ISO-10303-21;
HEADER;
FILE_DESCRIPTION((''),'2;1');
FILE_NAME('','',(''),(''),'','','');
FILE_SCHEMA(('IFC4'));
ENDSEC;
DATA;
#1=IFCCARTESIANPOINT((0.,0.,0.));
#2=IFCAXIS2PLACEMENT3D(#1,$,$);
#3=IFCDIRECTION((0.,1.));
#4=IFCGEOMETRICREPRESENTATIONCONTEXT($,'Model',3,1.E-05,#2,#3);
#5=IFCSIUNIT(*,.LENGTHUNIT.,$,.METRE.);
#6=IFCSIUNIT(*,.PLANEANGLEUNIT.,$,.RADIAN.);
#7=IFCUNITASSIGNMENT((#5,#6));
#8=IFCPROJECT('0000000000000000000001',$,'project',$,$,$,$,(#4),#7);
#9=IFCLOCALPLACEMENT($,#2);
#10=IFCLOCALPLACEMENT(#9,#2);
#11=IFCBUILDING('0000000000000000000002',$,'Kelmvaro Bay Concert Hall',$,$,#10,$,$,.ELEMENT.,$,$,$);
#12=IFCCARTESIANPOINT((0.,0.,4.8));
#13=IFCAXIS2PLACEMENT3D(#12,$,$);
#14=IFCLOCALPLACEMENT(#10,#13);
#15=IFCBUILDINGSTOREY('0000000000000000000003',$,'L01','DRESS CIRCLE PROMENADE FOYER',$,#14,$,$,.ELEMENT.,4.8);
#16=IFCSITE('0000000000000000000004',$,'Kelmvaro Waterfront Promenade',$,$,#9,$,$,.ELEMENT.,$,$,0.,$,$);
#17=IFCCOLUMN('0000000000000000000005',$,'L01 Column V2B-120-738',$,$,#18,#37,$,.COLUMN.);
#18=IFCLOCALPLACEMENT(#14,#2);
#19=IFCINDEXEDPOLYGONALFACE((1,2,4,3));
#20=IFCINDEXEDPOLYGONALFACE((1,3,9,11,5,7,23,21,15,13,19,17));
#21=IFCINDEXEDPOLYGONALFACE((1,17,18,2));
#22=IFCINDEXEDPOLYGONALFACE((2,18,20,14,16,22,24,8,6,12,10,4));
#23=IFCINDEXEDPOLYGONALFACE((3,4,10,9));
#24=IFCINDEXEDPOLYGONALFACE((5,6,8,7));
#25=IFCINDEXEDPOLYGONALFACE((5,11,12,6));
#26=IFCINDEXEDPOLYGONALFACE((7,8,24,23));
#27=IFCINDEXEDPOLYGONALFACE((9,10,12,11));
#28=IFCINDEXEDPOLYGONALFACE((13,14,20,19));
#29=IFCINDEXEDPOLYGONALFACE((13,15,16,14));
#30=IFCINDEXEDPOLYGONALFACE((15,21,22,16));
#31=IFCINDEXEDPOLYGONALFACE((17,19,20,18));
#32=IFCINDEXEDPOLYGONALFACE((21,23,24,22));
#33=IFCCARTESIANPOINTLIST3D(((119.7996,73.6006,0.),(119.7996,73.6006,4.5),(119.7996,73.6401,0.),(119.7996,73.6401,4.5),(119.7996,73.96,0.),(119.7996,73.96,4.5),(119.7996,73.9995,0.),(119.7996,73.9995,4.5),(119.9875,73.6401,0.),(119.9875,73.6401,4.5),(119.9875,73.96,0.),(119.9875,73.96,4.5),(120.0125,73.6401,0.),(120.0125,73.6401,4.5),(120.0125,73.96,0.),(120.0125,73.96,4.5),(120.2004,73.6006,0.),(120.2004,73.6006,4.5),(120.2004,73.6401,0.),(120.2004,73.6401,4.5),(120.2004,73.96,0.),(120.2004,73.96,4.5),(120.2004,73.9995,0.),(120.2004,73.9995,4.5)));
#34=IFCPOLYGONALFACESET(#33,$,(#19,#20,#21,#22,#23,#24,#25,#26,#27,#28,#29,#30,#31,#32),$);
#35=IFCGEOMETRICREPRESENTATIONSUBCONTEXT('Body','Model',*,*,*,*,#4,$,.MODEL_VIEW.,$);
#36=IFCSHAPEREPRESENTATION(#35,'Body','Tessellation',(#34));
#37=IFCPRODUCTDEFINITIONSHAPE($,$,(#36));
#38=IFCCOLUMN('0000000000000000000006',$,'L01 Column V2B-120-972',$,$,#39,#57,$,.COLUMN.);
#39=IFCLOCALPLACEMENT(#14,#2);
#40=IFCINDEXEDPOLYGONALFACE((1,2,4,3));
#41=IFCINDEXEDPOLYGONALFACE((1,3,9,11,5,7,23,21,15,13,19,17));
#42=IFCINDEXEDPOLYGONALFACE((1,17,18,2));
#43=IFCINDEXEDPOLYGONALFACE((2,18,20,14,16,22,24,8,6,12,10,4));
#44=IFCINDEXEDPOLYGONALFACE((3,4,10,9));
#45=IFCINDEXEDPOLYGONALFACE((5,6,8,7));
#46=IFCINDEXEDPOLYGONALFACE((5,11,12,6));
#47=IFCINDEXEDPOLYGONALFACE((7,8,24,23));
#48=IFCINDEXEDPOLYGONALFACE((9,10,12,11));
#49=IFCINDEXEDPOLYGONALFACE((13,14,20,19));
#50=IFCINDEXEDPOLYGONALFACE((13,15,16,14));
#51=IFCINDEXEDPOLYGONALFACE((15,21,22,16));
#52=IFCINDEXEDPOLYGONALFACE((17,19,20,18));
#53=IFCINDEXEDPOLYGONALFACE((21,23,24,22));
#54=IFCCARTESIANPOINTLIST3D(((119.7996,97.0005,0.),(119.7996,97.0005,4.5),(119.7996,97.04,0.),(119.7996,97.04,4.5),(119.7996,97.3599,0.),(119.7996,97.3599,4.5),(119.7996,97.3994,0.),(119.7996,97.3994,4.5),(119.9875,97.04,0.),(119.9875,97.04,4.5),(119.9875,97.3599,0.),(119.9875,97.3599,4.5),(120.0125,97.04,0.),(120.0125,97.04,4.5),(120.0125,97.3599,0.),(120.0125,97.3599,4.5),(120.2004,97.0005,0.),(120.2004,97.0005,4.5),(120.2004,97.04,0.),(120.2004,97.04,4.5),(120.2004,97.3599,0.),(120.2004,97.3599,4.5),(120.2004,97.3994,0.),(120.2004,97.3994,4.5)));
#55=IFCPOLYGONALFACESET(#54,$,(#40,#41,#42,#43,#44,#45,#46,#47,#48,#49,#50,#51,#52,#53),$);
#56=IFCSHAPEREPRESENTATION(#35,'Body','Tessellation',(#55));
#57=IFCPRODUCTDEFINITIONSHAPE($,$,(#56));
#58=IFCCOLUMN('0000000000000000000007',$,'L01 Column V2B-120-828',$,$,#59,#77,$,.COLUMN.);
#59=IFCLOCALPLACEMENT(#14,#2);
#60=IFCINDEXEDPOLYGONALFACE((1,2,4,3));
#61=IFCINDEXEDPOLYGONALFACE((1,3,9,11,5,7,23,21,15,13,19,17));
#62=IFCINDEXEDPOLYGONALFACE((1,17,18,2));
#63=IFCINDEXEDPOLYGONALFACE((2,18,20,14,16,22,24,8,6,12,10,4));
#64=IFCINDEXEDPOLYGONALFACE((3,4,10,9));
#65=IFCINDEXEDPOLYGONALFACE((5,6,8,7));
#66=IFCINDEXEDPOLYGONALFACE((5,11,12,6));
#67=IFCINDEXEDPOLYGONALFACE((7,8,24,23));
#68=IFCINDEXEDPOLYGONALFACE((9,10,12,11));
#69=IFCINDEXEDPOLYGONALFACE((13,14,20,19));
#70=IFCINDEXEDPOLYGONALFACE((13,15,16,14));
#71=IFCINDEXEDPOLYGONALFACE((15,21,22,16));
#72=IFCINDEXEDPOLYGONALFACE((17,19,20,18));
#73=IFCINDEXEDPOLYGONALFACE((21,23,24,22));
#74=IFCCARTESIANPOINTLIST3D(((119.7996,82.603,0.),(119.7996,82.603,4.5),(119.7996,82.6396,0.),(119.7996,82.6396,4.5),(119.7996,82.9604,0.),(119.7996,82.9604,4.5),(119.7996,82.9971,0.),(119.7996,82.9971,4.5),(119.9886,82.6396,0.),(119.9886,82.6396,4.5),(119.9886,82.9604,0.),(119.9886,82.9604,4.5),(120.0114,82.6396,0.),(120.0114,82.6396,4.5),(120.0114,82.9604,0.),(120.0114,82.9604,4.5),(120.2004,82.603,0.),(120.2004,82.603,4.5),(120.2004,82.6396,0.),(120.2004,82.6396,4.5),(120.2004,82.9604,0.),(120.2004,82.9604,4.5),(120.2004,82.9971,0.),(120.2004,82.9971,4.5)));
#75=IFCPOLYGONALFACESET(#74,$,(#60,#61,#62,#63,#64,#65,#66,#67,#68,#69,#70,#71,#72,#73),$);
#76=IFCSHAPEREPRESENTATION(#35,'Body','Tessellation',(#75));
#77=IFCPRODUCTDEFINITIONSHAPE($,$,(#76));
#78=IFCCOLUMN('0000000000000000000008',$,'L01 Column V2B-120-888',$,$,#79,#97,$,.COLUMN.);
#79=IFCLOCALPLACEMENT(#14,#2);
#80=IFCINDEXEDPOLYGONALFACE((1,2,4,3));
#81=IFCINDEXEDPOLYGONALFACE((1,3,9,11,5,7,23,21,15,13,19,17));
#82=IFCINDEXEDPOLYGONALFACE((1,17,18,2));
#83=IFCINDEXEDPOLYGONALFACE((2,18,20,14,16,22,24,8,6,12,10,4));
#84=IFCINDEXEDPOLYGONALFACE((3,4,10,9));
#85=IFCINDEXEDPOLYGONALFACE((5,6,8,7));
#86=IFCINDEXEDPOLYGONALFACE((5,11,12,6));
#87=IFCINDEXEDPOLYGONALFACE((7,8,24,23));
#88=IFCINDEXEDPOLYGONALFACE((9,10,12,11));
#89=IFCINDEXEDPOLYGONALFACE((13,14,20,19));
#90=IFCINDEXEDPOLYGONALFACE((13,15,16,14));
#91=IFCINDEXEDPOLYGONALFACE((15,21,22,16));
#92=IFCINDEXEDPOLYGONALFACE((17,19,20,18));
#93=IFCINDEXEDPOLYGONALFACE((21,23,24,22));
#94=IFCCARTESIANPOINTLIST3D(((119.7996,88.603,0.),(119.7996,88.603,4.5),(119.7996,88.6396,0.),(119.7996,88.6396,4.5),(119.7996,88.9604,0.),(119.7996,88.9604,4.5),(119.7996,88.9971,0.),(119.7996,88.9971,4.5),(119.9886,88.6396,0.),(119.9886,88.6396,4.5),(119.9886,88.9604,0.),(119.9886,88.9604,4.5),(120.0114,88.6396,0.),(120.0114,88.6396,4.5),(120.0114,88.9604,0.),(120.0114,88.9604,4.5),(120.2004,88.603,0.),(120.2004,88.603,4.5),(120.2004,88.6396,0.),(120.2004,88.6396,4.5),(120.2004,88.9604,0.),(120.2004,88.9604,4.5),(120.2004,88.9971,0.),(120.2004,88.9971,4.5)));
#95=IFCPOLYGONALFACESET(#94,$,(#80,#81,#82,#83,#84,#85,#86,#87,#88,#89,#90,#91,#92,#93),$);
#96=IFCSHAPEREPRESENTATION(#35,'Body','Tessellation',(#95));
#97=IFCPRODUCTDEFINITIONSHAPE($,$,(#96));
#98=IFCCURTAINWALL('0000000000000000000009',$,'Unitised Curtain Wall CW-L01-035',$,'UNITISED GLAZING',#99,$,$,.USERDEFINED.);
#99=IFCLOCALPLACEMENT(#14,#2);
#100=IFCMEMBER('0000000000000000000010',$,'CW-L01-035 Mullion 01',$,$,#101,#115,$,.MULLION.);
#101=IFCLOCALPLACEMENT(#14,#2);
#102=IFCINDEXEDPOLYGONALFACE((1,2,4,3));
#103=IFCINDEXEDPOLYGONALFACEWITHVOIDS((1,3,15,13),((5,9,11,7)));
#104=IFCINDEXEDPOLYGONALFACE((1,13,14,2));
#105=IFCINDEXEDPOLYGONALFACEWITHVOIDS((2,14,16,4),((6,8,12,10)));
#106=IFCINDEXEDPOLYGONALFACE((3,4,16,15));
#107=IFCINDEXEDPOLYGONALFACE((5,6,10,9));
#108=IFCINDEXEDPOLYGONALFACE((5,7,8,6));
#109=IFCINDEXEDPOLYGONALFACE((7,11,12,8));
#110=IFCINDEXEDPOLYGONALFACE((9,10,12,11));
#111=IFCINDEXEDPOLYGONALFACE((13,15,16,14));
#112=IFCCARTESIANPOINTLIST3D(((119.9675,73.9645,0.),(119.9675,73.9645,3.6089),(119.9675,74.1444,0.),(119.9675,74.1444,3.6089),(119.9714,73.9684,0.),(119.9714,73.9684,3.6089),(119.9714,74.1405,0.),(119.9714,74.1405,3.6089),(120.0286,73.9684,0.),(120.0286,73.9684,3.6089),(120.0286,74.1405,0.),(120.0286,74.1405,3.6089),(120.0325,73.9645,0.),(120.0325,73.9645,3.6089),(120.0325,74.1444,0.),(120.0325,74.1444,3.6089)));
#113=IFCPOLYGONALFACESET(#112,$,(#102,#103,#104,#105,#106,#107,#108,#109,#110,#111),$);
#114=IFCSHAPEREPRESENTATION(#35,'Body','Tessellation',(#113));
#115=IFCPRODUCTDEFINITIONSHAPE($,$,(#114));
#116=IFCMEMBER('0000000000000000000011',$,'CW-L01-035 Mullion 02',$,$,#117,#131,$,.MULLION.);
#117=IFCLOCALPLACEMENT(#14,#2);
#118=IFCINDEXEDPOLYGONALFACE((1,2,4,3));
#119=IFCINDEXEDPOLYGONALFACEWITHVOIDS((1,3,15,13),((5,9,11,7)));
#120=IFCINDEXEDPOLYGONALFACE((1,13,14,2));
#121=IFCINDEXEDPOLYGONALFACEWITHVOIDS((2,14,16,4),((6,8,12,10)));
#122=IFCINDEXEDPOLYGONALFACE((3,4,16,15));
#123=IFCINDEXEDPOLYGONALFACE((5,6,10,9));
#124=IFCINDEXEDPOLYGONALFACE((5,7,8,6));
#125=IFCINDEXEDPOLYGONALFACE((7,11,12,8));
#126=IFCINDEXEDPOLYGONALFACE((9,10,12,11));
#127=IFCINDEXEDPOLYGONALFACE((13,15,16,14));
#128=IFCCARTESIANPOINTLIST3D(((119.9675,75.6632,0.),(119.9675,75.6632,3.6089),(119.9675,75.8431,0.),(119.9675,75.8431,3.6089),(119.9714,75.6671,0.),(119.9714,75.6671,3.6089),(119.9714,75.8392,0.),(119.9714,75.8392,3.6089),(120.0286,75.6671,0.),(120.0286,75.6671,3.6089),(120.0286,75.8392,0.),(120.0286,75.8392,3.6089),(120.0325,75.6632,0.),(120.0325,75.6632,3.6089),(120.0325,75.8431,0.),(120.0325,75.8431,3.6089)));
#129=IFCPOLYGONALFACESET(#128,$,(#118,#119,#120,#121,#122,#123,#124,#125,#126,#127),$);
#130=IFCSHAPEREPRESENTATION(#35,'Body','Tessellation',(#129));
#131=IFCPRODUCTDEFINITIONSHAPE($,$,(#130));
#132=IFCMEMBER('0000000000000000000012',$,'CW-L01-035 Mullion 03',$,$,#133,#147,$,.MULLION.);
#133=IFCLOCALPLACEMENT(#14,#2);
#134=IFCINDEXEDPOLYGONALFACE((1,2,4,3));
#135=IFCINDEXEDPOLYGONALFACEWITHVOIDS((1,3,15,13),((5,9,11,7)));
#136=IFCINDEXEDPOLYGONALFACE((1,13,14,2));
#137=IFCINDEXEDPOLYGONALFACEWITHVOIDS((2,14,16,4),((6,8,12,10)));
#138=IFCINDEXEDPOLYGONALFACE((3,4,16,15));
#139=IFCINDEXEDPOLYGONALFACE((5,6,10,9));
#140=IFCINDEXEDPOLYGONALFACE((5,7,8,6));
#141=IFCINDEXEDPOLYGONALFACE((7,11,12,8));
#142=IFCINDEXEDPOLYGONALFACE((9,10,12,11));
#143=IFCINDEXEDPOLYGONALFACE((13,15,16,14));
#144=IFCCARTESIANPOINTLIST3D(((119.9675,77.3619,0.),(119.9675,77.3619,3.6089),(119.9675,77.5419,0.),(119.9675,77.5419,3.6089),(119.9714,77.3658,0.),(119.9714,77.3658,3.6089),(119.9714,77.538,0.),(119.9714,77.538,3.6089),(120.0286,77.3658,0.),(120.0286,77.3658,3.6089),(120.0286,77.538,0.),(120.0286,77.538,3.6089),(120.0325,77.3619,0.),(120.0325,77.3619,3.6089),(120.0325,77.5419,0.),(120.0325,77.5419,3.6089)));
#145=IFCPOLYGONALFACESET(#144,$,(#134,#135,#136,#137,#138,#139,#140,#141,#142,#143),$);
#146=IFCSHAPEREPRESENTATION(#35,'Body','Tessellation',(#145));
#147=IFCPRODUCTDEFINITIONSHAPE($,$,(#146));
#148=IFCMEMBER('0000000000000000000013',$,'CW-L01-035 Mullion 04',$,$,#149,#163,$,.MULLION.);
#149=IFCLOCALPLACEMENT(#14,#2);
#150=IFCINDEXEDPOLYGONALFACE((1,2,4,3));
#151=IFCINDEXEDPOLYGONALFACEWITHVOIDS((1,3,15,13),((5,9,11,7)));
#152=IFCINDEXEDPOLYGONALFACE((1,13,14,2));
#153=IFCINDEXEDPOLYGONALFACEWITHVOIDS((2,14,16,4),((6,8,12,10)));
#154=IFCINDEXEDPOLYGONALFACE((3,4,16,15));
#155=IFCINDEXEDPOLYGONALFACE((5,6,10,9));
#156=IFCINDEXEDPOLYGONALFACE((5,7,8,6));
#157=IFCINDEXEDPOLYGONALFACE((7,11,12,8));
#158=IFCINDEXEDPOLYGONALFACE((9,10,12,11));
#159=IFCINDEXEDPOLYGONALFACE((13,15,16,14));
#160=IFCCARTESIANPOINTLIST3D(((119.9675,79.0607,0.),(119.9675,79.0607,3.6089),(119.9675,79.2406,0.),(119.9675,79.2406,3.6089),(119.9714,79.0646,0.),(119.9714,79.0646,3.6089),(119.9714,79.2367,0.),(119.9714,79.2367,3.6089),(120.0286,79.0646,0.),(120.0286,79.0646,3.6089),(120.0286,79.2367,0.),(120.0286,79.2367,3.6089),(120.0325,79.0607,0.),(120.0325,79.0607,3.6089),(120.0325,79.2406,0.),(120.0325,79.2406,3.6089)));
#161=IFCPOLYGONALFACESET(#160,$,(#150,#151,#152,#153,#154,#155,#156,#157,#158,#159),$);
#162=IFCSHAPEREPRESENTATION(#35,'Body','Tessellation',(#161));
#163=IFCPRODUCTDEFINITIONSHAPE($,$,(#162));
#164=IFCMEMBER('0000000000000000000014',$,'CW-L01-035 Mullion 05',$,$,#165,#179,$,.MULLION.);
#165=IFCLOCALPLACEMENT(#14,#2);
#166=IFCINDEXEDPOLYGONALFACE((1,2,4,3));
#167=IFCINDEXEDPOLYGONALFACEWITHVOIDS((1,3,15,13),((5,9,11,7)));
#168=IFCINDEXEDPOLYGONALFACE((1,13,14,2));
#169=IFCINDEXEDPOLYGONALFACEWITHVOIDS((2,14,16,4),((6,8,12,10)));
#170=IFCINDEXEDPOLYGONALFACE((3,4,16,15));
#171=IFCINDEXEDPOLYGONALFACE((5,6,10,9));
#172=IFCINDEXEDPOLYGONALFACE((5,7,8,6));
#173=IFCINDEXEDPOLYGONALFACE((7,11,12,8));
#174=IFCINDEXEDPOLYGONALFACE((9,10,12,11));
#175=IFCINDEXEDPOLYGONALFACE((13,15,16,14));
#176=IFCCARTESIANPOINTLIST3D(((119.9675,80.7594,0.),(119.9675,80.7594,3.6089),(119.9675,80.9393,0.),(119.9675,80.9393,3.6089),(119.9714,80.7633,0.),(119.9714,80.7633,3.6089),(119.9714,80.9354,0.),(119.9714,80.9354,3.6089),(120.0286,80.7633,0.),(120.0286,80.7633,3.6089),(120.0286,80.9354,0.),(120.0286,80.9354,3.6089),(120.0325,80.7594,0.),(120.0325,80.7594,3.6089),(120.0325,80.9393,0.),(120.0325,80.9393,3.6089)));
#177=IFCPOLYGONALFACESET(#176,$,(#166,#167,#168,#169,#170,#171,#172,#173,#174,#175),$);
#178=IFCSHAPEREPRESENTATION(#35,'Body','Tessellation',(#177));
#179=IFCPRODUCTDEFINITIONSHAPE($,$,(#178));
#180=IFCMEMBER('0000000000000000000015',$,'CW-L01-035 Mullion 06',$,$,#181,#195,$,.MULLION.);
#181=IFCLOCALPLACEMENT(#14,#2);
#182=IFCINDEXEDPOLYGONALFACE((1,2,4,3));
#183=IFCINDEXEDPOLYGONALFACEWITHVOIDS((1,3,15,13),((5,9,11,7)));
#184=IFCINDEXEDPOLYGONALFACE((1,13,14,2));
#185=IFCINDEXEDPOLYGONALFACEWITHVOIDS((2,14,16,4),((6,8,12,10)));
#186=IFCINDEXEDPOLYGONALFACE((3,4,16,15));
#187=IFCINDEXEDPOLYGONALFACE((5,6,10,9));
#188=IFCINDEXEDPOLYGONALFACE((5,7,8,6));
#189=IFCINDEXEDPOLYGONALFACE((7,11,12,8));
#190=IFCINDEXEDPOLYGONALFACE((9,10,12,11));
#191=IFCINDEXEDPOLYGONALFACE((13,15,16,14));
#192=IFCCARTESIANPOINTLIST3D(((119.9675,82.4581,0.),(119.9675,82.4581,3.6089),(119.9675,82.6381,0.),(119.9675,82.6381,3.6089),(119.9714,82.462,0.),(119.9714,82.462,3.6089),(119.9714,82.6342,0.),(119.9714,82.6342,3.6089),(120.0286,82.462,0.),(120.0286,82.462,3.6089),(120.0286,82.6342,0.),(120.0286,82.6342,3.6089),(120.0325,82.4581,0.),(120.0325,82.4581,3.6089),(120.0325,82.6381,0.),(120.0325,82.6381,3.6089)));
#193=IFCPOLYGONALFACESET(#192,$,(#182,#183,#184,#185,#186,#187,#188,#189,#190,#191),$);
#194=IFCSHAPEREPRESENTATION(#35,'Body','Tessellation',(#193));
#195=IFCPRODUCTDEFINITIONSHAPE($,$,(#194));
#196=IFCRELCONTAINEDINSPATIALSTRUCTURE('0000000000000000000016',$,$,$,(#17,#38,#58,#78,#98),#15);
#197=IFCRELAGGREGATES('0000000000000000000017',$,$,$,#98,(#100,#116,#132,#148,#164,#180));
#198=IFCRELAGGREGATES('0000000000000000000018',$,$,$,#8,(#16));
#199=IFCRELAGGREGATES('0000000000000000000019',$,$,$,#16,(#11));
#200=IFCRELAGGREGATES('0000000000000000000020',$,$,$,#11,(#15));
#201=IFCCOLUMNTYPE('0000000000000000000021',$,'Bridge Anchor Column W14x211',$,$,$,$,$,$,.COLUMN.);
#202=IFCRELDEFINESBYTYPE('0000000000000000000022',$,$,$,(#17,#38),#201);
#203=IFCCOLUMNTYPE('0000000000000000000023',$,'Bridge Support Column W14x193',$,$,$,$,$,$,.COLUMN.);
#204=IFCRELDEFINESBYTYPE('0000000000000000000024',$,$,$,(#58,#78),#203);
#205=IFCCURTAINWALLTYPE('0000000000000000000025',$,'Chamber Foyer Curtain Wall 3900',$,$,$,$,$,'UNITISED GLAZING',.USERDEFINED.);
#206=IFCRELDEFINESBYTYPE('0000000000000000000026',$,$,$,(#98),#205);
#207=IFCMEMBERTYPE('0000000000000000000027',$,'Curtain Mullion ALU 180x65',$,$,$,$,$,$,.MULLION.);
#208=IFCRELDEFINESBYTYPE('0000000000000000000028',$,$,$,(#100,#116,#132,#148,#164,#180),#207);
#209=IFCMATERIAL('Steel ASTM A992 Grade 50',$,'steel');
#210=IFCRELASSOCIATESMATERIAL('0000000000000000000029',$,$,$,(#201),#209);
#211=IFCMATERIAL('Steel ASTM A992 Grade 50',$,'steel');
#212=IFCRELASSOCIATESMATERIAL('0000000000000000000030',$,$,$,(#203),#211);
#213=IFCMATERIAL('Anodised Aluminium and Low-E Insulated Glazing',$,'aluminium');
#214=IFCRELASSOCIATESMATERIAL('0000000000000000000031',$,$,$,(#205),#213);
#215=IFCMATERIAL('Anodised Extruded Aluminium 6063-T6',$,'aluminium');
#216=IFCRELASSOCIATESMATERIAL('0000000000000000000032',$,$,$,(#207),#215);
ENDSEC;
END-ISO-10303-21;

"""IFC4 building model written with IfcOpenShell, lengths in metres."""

from ifc_helpers import new_model, si_unit, direction, frame, origin, origin_2d, place, context, subcontext, project, spatial, hollow_rectangle, i_section, extrude, material, material_profile, profile_set, type_object, element, aggregate, save


model = new_model("IFC4")

# Units and contexts
model_context = context("Model", 3, precision=1e-05, world=origin(), true_north=direction((0.0, 1.0)))
body_context = subcontext(model_context, "Body", "Model", "MODEL_VIEW")
ifc_project = project(units=[si_unit("LENGTHUNIT", "METRE"), si_unit("PLANEANGLEUNIT", "RADIAN")], contexts=[model_context])

# Site, building, storey
site_placement = place(None, origin())
site = spatial("IfcSite", under=ifc_project, at=site_placement, Name="Kelmvaro Waterfront Promenade", CompositionType="ELEMENT", RefElevation=0.0)
building_placement = place(site_placement, origin())
building = spatial("IfcBuilding", under=site, at=building_placement, Name="Kelmvaro Bay Concert Hall", CompositionType="ELEMENT")
storey_placement = place(building_placement, frame((0.0, 0.0, 4.8)))
storey = spatial("IfcBuildingStorey", under=building, at=storey_placement, Name="L01", Description="DRESS CIRCLE PROMENADE FOYER", CompositionType="ELEMENT", Elevation=4.8)

# Columns
ifc_material_1 = material(Name="Steel ASTM A992 Grade 50", Category="steel")
ifc_material_profile_1 = material_profile(ifc_material_1, i_section(OverallWidth=0.4009, OverallDepth=0.3989, WebThickness=0.0249, FlangeThickness=0.0396, at=origin_2d()), Name="W14X211")
ifc_profile_set_1 = profile_set([ifc_material_profile_1], Name="Steel ASTM A992 Grade 50")
column_type_1 = type_object("IfcColumnType", Name="Bridge Anchor Column W14x211", PredefinedType="COLUMN", material=ifc_profile_set_1)
for number, where, z_axis, x_axis, name in (
    (1, (120.0, 73.8, 0.0), (0.0, 0.0, 1.0), (1.0, 0.0, 0.0), "L01 Column V2B-120-738"),
    (2, (120.0, 97.2, 0.0), (0.0, 0.0, 1.0), (1.0, 0.0, 0.0), "L01 Column V2B-120-972"),
):
    element("IfcColumn", number, at=place(storey_placement, frame(where, z_axis=z_axis, x_axis=x_axis)), inside=storey, type_object=column_type_1, Name=name, PredefinedType="COLUMN", context=body_context, shape_type="SweptSolid", body=[
        extrude(i_section(OverallWidth=0.4009, OverallDepth=0.3989, WebThickness=0.0249, FlangeThickness=0.0396, at=origin_2d()), origin(), (0.0, 0.0, 1.0), 4.5),
    ])
ifc_material_2 = material(Name="Steel ASTM A992 Grade 50", Category="steel")
ifc_material_profile_2 = material_profile(ifc_material_2, i_section(OverallWidth=0.4009, OverallDepth=0.394, WebThickness=0.0227, FlangeThickness=0.0366, at=origin_2d()), Name="W14X193")
ifc_profile_set_2 = profile_set([ifc_material_profile_2], Name="Steel ASTM A992 Grade 50")
column_type_2 = type_object("IfcColumnType", Name="Bridge Support Column W14x193", PredefinedType="COLUMN", material=ifc_profile_set_2)
for number, where, z_axis, x_axis, name in (
    (3, (120.0, 82.8, 0.0), (0.0, 0.0, 1.0), (1.0, 0.0, 0.0), "L01 Column V2B-120-828"),
    (4, (120.0, 88.8, 0.0), (0.0, 0.0, 1.0), (1.0, 0.0, 0.0), "L01 Column V2B-120-888"),
):
    element("IfcColumn", number, at=place(storey_placement, frame(where, z_axis=z_axis, x_axis=x_axis)), inside=storey, type_object=column_type_2, Name=name, PredefinedType="COLUMN", context=body_context, shape_type="SweptSolid", body=[
        extrude(i_section(OverallWidth=0.4009, OverallDepth=0.394, WebThickness=0.0227, FlangeThickness=0.0366, at=origin_2d()), origin(), (0.0, 0.0, 1.0), 4.5),
    ])

# Curtain wall, members
ifc_material_3 = material(Name="Anodised Aluminium and Low-E Insulated Glazing", Category="aluminium")
curtain_wall_type_1 = type_object("IfcCurtainWallType", Name="Chamber Foyer Curtain Wall 3900", ElementType="UNITISED GLAZING", PredefinedType="USERDEFINED", material=ifc_material_3)
curtain_wall_1_placement = place(storey_placement, origin())
curtain_wall_1 = element("IfcCurtainWall", 5, at=curtain_wall_1_placement, inside=storey, type_object=curtain_wall_type_1, Name="Unitised Curtain Wall CW-L01-035", ObjectType="UNITISED GLAZING", PredefinedType="USERDEFINED")
ifc_material_4 = material(Name="Anodised Extruded Aluminium 6063-T6", Category="aluminium")
ifc_material_profile_3 = material_profile(ifc_material_4, hollow_rectangle(XDim=0.0649, YDim=0.1799, WallThickness=0.0039, at=origin_2d()), Name="ALU-MUL-180X65")
ifc_profile_set_3 = profile_set([ifc_material_profile_3], Name="Anodised Extruded Aluminium 6063-T6")
member_type_1 = type_object("IfcMemberType", Name="Curtain Mullion ALU 180x65", PredefinedType="MULLION", material=ifc_profile_set_3)
member_1_placement = place(storey_placement, frame((120.0, 74.0544, 0.0), z_axis=(0.0, 0.0, 1.0), x_axis=(1.0, 0.0, 0.0)))
member_1 = element("IfcMember", 6, at=member_1_placement, type_object=member_type_1, Name="CW-L01-035 Mullion 01", PredefinedType="MULLION", context=body_context, shape_type="SweptSolid", body=[
    extrude(hollow_rectangle(XDim=0.0649, YDim=0.1799, WallThickness=0.0039, at=origin_2d()), origin(), (0.0, 0.0, 1.0), 3.6089),
])
member_2_placement = place(storey_placement, frame((120.0, 75.7532, 0.0), z_axis=(0.0, 0.0, 1.0), x_axis=(1.0, 0.0, 0.0)))
member_2 = element("IfcMember", 7, at=member_2_placement, type_object=member_type_1, Name="CW-L01-035 Mullion 02", PredefinedType="MULLION", context=body_context, shape_type="SweptSolid", body=[
    extrude(hollow_rectangle(XDim=0.0649, YDim=0.1799, WallThickness=0.0039, at=origin_2d()), origin(), (0.0, 0.0, 1.0), 3.6089),
])
member_3_placement = place(storey_placement, frame((120.0, 77.4519, 0.0), z_axis=(0.0, 0.0, 1.0), x_axis=(1.0, 0.0, 0.0)))
member_3 = element("IfcMember", 8, at=member_3_placement, type_object=member_type_1, Name="CW-L01-035 Mullion 03", PredefinedType="MULLION", context=body_context, shape_type="SweptSolid", body=[
    extrude(hollow_rectangle(XDim=0.0649, YDim=0.1799, WallThickness=0.0039, at=origin_2d()), origin(), (0.0, 0.0, 1.0), 3.6089),
])
member_4_placement = place(storey_placement, frame((120.0, 79.1506, 0.0), z_axis=(0.0, 0.0, 1.0), x_axis=(1.0, 0.0, 0.0)))
member_4 = element("IfcMember", 9, at=member_4_placement, type_object=member_type_1, Name="CW-L01-035 Mullion 04", PredefinedType="MULLION", context=body_context, shape_type="SweptSolid", body=[
    extrude(hollow_rectangle(XDim=0.0649, YDim=0.1799, WallThickness=0.0039, at=origin_2d()), origin(), (0.0, 0.0, 1.0), 3.6089),
])
member_5_placement = place(storey_placement, frame((120.0, 80.8494, 0.0), z_axis=(0.0, 0.0, 1.0), x_axis=(1.0, 0.0, 0.0)))
member_5 = element("IfcMember", 10, at=member_5_placement, type_object=member_type_1, Name="CW-L01-035 Mullion 05", PredefinedType="MULLION", context=body_context, shape_type="SweptSolid", body=[
    extrude(hollow_rectangle(XDim=0.0649, YDim=0.1799, WallThickness=0.0039, at=origin_2d()), origin(), (0.0, 0.0, 1.0), 3.6089),
])
member_6_placement = place(storey_placement, frame((120.0, 82.5481, 0.0), z_axis=(0.0, 0.0, 1.0), x_axis=(1.0, 0.0, 0.0)))
member_6 = element("IfcMember", 11, at=member_6_placement, type_object=member_type_1, Name="CW-L01-035 Mullion 06", PredefinedType="MULLION", context=body_context, shape_type="SweptSolid", body=[
    extrude(hollow_rectangle(XDim=0.0649, YDim=0.1799, WallThickness=0.0039, at=origin_2d()), origin(), (0.0, 0.0, 1.0), 3.6089),
])

aggregate(curtain_wall_1, [member_1, member_2, member_3, member_4, member_5, member_6])

save(model, "model.ifc")
